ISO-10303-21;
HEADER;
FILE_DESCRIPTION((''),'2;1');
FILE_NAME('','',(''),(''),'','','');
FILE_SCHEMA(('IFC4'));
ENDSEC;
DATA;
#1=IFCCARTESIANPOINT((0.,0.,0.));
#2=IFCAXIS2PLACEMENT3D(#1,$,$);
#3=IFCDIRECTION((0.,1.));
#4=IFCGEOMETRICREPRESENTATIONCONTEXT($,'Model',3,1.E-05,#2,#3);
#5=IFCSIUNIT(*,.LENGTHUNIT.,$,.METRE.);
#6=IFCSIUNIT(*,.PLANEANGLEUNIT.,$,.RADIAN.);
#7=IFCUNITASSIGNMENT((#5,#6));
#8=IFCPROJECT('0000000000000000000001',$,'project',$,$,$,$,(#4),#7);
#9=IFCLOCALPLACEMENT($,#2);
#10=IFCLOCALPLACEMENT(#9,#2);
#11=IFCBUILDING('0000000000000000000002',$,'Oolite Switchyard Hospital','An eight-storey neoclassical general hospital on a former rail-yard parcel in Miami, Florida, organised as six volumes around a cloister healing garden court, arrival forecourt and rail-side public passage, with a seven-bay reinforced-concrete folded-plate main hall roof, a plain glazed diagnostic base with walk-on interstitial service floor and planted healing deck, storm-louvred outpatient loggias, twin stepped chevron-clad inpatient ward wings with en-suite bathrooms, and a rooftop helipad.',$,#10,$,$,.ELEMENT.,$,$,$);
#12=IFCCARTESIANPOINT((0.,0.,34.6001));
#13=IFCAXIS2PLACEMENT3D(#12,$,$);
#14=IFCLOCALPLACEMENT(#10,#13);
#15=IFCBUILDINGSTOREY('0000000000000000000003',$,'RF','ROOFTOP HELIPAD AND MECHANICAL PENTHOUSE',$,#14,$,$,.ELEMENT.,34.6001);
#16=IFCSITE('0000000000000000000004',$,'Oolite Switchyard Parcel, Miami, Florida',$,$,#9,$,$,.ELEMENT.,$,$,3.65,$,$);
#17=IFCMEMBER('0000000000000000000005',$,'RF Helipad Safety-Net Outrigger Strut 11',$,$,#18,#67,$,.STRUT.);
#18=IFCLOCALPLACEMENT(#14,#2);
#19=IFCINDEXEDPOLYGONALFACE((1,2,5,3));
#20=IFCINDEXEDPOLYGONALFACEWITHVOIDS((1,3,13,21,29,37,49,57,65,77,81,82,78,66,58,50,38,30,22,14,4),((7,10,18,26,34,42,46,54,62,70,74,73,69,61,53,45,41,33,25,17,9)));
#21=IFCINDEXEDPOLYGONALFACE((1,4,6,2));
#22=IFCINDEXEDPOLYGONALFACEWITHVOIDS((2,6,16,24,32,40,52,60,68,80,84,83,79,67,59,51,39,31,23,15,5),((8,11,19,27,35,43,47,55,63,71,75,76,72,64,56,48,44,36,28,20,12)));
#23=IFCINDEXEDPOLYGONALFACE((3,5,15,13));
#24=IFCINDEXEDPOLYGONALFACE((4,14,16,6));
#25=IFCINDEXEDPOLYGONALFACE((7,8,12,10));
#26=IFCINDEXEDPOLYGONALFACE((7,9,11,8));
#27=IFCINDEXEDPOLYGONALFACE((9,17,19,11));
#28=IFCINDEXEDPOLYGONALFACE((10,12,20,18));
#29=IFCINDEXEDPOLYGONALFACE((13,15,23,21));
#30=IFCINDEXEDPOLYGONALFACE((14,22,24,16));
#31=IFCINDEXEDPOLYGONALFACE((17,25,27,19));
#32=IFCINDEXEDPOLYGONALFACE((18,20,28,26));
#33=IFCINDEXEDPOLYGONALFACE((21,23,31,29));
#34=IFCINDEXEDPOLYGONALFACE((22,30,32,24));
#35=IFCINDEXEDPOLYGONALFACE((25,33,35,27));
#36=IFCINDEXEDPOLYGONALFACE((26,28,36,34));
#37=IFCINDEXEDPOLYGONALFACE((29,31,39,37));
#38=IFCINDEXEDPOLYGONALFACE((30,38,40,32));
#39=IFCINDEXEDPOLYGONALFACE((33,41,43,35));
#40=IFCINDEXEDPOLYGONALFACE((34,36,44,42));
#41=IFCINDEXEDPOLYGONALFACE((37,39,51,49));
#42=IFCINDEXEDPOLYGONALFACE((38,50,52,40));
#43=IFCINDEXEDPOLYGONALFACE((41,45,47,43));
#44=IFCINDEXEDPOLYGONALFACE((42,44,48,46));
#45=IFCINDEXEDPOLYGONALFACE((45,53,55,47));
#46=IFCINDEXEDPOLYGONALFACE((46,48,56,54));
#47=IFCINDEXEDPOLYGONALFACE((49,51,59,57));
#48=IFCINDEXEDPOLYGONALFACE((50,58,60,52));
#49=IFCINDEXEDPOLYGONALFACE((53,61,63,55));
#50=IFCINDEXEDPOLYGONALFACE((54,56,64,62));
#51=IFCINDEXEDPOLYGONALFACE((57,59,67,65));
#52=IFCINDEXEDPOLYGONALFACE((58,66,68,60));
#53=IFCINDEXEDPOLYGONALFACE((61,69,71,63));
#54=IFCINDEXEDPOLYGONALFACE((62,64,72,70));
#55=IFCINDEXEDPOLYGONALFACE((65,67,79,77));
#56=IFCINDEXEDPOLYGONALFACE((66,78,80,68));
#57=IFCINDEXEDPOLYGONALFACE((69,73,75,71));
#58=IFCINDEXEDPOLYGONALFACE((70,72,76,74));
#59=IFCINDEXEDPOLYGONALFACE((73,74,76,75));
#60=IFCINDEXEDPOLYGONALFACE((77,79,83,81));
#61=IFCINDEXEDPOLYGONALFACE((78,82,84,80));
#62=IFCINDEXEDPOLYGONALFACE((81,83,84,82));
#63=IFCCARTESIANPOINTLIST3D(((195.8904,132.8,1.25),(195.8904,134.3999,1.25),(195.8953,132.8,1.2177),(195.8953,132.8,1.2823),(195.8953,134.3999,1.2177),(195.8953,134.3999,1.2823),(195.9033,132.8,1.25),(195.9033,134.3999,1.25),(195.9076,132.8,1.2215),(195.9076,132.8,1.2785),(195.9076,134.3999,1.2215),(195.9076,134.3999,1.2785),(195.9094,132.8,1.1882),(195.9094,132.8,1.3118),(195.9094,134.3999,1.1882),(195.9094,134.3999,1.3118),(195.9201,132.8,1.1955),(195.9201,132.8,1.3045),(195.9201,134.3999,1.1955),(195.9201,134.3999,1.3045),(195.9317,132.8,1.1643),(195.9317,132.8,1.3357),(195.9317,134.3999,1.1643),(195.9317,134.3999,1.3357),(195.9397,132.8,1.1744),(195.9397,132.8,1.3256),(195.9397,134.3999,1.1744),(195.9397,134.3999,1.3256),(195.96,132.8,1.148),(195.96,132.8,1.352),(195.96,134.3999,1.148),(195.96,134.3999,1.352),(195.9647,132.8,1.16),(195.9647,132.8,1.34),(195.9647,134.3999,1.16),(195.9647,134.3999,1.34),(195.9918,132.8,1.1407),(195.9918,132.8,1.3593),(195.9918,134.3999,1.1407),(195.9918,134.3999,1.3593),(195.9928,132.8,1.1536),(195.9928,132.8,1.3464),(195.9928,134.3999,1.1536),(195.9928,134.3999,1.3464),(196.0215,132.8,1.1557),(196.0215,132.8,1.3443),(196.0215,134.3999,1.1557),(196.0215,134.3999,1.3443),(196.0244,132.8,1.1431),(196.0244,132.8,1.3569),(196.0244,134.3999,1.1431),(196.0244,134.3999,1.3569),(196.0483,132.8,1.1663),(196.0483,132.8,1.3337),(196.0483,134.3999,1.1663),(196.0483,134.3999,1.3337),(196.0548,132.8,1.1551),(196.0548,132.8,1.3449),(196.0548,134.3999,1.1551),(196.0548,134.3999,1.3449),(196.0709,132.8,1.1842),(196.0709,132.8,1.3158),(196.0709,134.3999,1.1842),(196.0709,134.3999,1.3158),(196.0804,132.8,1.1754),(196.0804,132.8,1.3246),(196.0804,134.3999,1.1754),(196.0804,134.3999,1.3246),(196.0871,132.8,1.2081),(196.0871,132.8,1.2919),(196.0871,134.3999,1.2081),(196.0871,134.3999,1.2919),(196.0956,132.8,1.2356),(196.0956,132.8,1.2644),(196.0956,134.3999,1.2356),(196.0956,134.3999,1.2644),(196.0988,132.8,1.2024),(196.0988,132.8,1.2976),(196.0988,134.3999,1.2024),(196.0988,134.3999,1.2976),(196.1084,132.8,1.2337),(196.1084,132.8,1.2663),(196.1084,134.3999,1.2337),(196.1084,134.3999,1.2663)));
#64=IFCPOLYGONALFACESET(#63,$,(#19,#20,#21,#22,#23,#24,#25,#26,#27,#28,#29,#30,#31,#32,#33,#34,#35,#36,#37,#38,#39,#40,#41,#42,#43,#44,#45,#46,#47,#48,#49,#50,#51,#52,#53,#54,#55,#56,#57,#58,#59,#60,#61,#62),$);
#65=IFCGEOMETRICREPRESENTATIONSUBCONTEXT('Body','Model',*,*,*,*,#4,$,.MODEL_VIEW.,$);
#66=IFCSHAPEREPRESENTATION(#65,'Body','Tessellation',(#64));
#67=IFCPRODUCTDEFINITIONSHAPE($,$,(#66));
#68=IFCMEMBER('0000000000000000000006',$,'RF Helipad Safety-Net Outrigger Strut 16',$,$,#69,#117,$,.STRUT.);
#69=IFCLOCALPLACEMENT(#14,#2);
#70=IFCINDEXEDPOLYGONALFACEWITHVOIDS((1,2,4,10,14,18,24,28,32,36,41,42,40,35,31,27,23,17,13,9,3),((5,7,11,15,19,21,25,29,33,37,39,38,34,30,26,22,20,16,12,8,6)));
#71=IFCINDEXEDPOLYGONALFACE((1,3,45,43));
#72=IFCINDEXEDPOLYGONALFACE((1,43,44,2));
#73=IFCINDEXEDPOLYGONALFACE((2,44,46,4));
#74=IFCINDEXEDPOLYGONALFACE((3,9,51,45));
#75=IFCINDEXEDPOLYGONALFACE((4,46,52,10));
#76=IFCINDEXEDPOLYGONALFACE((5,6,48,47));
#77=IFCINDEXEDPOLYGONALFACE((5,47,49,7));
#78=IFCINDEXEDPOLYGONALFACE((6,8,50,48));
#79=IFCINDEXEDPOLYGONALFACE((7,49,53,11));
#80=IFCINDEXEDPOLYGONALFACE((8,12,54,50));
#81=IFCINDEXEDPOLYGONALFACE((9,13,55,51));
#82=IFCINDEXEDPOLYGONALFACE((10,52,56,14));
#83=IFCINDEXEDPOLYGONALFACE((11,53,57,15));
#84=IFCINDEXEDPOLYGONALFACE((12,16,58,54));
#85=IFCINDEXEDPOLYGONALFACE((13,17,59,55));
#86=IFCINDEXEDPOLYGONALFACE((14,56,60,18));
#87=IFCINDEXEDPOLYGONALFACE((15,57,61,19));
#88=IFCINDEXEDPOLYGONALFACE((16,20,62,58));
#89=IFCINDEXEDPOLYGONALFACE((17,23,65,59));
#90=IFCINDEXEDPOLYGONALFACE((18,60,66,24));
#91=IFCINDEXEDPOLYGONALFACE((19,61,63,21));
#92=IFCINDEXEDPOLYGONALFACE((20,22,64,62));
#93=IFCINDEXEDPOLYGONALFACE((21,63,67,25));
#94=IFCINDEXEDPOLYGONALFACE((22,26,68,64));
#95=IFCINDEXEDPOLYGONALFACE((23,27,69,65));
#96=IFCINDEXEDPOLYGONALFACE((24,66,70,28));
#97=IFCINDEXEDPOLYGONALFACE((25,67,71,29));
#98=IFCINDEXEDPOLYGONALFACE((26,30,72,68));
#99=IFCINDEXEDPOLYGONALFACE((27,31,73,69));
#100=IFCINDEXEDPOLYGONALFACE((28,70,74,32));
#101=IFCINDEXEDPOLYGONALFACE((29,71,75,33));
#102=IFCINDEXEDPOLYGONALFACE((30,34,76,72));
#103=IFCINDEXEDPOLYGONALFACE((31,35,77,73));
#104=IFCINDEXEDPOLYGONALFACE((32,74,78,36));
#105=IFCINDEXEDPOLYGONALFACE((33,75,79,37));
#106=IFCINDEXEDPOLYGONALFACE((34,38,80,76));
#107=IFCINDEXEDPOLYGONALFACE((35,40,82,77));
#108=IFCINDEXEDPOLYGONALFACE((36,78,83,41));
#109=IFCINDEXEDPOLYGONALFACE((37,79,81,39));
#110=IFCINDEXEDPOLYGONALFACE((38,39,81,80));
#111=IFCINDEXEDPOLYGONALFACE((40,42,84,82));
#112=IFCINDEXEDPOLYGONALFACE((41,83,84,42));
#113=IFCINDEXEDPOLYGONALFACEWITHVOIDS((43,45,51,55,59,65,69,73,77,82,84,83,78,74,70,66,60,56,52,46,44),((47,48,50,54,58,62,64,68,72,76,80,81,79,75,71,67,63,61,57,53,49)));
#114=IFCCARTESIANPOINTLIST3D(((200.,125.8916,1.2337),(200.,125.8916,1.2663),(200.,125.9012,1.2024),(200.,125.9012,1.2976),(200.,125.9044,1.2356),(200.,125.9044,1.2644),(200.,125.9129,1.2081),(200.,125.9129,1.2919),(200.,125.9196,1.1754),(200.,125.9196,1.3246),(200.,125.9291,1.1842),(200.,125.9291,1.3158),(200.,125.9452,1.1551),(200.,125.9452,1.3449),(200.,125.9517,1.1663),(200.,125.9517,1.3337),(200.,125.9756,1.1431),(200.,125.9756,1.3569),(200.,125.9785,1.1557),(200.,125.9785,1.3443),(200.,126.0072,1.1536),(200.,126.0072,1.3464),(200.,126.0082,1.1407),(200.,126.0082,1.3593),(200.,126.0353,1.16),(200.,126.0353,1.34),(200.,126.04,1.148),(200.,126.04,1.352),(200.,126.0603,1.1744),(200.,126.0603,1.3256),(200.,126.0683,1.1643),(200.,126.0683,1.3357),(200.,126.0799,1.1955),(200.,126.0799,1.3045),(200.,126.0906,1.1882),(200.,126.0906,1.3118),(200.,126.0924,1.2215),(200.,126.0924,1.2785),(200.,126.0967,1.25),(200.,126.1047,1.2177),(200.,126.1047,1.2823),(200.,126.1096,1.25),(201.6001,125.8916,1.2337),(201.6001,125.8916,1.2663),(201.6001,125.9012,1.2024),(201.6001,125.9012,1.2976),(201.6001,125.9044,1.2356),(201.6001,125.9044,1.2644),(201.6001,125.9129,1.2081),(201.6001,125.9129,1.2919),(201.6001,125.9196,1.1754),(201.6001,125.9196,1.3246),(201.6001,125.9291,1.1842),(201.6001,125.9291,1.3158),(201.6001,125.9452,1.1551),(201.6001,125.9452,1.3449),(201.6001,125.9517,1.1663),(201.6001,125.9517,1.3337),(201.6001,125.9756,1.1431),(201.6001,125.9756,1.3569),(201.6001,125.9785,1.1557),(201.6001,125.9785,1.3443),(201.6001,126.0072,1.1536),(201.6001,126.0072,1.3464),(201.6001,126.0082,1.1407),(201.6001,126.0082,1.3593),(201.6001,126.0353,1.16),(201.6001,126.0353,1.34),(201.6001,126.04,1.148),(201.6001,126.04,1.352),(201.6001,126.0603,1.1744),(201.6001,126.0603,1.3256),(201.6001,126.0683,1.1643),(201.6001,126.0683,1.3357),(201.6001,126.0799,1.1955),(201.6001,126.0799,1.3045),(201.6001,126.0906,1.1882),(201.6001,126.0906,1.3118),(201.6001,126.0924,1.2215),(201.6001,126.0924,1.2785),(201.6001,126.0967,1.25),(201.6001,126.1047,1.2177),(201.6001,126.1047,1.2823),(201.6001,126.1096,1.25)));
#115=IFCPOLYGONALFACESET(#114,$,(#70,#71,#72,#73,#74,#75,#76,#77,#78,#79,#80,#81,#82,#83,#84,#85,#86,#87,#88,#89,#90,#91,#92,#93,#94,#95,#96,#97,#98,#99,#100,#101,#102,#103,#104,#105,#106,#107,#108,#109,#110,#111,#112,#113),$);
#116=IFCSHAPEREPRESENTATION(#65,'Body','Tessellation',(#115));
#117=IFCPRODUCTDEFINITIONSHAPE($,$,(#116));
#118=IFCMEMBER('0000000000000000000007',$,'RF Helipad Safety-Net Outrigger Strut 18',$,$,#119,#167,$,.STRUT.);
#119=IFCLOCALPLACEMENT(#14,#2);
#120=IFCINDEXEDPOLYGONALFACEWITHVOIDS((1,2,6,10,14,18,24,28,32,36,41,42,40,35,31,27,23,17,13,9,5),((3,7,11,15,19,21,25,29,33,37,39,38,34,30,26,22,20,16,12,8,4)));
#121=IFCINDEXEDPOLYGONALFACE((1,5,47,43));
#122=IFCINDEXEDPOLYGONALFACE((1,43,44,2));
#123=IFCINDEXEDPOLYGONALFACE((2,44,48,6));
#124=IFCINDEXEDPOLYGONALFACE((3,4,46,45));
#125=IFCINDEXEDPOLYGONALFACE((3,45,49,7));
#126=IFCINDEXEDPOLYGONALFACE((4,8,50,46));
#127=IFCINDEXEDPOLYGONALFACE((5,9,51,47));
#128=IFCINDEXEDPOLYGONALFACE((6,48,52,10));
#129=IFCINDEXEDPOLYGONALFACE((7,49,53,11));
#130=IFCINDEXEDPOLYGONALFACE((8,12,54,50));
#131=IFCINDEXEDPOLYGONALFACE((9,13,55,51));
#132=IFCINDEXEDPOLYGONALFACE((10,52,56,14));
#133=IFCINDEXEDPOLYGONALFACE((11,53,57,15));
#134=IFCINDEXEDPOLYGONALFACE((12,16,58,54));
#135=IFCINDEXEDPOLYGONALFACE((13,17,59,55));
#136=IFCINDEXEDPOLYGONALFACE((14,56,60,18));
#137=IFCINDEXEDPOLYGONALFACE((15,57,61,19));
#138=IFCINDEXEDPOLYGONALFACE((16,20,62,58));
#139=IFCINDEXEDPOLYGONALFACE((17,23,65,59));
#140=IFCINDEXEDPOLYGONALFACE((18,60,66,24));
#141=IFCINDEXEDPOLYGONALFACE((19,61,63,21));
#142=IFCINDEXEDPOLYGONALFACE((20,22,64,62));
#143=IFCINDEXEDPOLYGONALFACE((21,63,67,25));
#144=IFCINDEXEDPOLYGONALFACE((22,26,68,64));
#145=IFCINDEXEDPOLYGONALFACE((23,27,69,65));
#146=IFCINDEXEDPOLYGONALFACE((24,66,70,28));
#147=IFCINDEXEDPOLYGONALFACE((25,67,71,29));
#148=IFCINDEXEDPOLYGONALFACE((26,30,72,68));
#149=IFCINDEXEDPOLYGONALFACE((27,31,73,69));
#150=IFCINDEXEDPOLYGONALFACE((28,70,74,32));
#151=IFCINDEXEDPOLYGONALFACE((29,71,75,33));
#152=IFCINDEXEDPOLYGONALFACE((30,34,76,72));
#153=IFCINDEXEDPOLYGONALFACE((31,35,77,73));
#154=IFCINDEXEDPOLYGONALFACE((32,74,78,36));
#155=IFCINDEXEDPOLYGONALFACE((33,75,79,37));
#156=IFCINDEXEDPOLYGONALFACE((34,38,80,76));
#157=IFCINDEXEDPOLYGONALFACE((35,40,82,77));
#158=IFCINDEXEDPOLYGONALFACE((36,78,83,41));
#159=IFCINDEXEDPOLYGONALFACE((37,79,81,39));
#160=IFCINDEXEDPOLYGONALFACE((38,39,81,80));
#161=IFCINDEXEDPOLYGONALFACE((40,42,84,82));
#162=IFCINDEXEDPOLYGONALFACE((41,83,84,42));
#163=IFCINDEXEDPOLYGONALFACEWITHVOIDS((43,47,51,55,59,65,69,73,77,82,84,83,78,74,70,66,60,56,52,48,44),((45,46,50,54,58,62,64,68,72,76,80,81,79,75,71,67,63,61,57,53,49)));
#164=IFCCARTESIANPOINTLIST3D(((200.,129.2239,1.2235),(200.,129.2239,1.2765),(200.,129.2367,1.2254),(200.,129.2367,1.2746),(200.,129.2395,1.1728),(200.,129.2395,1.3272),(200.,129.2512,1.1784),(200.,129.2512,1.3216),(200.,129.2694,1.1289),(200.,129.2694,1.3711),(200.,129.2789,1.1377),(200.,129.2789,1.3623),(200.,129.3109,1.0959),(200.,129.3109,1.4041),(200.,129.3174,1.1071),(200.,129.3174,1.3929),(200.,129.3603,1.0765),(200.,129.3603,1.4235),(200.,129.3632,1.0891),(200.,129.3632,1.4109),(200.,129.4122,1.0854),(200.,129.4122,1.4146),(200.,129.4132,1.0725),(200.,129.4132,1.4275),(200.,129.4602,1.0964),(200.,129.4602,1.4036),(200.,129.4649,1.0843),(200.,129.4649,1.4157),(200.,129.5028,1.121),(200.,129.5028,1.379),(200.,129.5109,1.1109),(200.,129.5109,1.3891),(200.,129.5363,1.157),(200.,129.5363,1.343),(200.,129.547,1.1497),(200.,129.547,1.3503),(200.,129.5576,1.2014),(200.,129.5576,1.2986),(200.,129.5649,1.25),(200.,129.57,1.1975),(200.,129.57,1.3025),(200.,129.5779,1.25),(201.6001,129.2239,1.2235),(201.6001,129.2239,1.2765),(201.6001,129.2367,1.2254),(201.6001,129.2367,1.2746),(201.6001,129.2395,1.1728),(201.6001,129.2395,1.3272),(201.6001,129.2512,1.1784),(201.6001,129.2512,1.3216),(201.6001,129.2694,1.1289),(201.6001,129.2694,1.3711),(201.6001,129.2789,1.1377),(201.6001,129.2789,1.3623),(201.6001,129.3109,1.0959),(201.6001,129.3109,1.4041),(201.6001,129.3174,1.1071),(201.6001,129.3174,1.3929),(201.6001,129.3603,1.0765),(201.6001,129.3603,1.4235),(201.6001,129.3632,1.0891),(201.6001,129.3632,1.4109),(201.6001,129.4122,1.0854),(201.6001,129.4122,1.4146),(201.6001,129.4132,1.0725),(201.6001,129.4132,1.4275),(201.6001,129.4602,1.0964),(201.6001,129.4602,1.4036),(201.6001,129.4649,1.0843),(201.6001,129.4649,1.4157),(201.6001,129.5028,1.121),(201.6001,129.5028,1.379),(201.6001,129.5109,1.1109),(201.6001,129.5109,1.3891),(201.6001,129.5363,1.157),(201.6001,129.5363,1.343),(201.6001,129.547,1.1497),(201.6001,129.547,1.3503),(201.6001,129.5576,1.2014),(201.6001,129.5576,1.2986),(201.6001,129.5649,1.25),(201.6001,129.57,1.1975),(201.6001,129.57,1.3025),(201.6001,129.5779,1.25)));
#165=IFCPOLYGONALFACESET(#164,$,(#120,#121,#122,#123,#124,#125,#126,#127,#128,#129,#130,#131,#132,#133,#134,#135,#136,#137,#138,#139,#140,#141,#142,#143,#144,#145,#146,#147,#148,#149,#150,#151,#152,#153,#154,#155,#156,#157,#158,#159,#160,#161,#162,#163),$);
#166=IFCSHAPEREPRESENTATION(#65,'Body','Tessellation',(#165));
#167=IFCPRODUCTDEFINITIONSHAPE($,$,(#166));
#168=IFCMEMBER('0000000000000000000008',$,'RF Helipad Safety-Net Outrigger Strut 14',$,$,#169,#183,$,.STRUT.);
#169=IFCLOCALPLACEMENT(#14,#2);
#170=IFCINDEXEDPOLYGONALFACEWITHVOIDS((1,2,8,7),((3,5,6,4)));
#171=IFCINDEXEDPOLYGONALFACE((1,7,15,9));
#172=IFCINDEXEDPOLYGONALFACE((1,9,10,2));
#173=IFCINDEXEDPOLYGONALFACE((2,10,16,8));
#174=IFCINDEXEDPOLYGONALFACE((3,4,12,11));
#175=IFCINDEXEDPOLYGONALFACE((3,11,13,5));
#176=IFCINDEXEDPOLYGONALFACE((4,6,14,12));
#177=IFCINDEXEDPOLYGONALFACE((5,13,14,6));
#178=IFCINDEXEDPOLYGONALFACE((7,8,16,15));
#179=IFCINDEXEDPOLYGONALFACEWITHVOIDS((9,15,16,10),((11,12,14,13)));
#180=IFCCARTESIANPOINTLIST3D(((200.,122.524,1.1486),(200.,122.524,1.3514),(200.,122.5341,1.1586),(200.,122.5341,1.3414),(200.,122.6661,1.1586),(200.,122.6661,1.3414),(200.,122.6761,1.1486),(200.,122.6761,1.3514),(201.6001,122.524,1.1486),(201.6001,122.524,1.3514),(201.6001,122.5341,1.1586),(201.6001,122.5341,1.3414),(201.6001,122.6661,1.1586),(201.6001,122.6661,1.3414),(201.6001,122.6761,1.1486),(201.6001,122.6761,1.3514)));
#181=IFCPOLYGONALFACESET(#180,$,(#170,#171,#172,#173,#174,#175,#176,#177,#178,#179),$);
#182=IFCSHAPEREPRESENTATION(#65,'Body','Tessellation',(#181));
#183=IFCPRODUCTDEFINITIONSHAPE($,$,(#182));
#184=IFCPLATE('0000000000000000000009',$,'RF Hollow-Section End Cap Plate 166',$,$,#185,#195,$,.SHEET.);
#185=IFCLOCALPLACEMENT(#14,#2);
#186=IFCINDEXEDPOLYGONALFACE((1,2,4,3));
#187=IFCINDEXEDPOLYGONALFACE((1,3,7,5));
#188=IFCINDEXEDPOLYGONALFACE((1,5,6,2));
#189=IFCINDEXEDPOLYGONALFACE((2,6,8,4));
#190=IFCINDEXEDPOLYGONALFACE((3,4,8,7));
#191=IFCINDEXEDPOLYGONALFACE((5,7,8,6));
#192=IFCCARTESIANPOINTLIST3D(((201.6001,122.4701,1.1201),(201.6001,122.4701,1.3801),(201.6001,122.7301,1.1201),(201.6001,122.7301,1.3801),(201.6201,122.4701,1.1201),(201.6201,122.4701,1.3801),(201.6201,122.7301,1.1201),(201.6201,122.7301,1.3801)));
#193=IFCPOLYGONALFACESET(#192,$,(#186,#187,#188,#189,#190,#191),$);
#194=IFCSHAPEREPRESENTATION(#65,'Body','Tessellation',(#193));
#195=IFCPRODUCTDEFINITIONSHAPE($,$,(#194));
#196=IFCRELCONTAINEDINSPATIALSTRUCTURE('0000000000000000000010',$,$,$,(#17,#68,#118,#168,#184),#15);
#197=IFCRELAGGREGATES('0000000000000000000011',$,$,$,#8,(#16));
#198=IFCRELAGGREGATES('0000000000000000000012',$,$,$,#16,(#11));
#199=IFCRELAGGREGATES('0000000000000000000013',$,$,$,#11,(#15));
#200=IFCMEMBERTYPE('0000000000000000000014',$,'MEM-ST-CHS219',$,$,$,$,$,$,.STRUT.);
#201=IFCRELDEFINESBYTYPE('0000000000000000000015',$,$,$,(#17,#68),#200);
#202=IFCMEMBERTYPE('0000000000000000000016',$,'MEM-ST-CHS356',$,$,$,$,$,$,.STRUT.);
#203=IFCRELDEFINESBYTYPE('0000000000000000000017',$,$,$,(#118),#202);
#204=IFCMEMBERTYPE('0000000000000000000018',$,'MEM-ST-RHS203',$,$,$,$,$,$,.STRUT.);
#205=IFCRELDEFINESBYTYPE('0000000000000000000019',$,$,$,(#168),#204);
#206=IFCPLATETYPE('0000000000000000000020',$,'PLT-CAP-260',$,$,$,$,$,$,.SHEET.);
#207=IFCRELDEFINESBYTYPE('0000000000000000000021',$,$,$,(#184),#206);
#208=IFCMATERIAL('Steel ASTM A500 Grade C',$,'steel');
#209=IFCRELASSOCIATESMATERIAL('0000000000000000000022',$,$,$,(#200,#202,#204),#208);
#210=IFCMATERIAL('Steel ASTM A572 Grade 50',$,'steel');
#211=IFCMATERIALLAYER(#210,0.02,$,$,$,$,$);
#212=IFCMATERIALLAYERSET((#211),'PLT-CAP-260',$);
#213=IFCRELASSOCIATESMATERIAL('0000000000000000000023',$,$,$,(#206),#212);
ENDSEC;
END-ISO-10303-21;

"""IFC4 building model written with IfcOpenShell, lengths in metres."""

from ifc_helpers import new_model, si_unit, direction, frame, origin, origin_2d, place, context, subcontext, project, spatial, rectangle, hollow_rectangle, hollow_circle, extrude, material, layer, layer_set, material_profile, profile_set, type_object, element, save


model = new_model("IFC4")

# Units and contexts
model_context = context("Model", 3, precision=1e-05, world=origin(), true_north=direction((0.0, 1.0)))
body_context = subcontext(model_context, "Body", "Model", "MODEL_VIEW")
ifc_project = project(units=[si_unit("LENGTHUNIT", "METRE"), si_unit("PLANEANGLEUNIT", "RADIAN")], contexts=[model_context])

# Site, building, storey
site_placement = place(None, origin())
site = spatial("IfcSite", under=ifc_project, at=site_placement, Name="Oolite Switchyard Parcel, Miami, Florida", CompositionType="ELEMENT", RefElevation=3.65)
building_placement = place(site_placement, origin())
building = spatial("IfcBuilding", under=site, at=building_placement, Name="Oolite Switchyard Hospital", Description="An eight-storey neoclassical general hospital on a former rail-yard parcel in Miami, Florida, organised as six volumes around a cloister healing garden court, arrival forecourt and rail-side public passage, with a seven-bay reinforced-concrete folded-plate main hall roof, a plain glazed diagnostic base with walk-on interstitial service floor and planted healing deck, storm-louvred outpatient loggias, twin stepped chevron-clad inpatient ward wings with en-suite bathrooms, and a rooftop helipad.", CompositionType="ELEMENT")
storey_placement = place(building_placement, frame((0.0, 0.0, 34.6001)))
storey = spatial("IfcBuildingStorey", under=building, at=storey_placement, Name="RF", Description="ROOFTOP HELIPAD AND MECHANICAL PENTHOUSE", CompositionType="ELEMENT", Elevation=34.6001)

# Shared definitions
ifc_material_1 = material(Name="Steel ASTM A500 Grade C", Category="steel")

# Members
ifc_material_profile_1 = material_profile(ifc_material_1, hollow_circle(Radius=0.1096, WallThickness=0.0129, at=origin_2d()), Name="HSS219X13")
ifc_profile_set_1 = profile_set([ifc_material_profile_1], Name="Steel ASTM A500 Grade C")
member_type_1 = type_object("IfcMemberType", Name="MEM-ST-CHS219", PredefinedType="STRUT", material=ifc_profile_set_1)
member_1_placement = place(storey_placement, frame((196.0, 132.8, 1.25), z_axis=(0.0, 1.0, 0.0), x_axis=(-1.0, 0.0, 0.0)))
element("IfcMember", 1, at=member_1_placement, inside=storey, type_object=member_type_1, Name="RF Helipad Safety-Net Outrigger Strut 11", PredefinedType="STRUT", context=body_context, shape_type="SweptSolid", body=[
    extrude(hollow_circle(Radius=0.1096, WallThickness=0.0129, at=origin_2d()), origin(), (0.0, 0.0, 1.0), 1.5999),
])
member_2_placement = place(storey_placement, frame((200.0, 126.0, 1.25), z_axis=(1.0, 0.0, 0.0), x_axis=(0.0, 1.0, 0.0)))
element("IfcMember", 2, at=member_2_placement, inside=storey, type_object=member_type_1, Name="RF Helipad Safety-Net Outrigger Strut 16", PredefinedType="STRUT", context=body_context, shape_type="SweptSolid", body=[
    extrude(hollow_circle(Radius=0.1096, WallThickness=0.0129, at=origin_2d()), origin(), (0.0, 0.0, 1.0), 1.6001),
])
ifc_material_profile_2 = material_profile(ifc_material_1, hollow_circle(Radius=0.178, WallThickness=0.0129, at=origin_2d()), Name="HSS356X13")
ifc_profile_set_2 = profile_set([ifc_material_profile_2], Name="Steel ASTM A500 Grade C")
member_type_2 = type_object("IfcMemberType", Name="MEM-ST-CHS356", PredefinedType="STRUT", material=ifc_profile_set_2)
member_3_placement = place(storey_placement, frame((200.0, 129.3999, 1.25), z_axis=(1.0, 0.0, 0.0), x_axis=(0.0, 1.0, 0.0)))
element("IfcMember", 3, at=member_3_placement, inside=storey, type_object=member_type_2, Name="RF Helipad Safety-Net Outrigger Strut 18", PredefinedType="STRUT", context=body_context, shape_type="SweptSolid", body=[
    extrude(hollow_circle(Radius=0.178, WallThickness=0.0129, at=origin_2d()), origin(), (0.0, 0.0, 1.0), 1.6001),
])
ifc_material_profile_3 = material_profile(ifc_material_1, hollow_rectangle(XDim=0.1521, YDim=0.2029, WallThickness=0.01, at=origin_2d()), Name="HSS203X152X10")
ifc_profile_set_3 = profile_set([ifc_material_profile_3], Name="Steel ASTM A500 Grade C")
member_type_3 = type_object("IfcMemberType", Name="MEM-ST-RHS203", PredefinedType="STRUT", material=ifc_profile_set_3)
member_4_placement = place(storey_placement, frame((200.0, 122.6001, 1.25), z_axis=(1.0, 0.0, 0.0), x_axis=(0.0, 1.0, 0.0)))
element("IfcMember", 4, at=member_4_placement, inside=storey, type_object=member_type_3, Name="RF Helipad Safety-Net Outrigger Strut 14", PredefinedType="STRUT", context=body_context, shape_type="SweptSolid", body=[
    extrude(hollow_rectangle(XDim=0.1521, YDim=0.2029, WallThickness=0.01, at=origin_2d()), origin(), (0.0, 0.0, 1.0), 1.6001),
])

# Plate
ifc_material_2 = material(Name="Steel ASTM A572 Grade 50", Category="steel")
ifc_layer_1 = layer(ifc_material_2, 0.02)
ifc_layer_set_1 = layer_set([ifc_layer_1], Name="PLT-CAP-260")
plate_type_1 = type_object("IfcPlateType", Name="PLT-CAP-260", PredefinedType="SHEET", material=ifc_layer_set_1)
for number, where, z_axis, x_axis, name in (
    (5, (201.6101, 122.6001, 1.1201), (0.0, 0.0, 1.0), (0.0, 1.0, 0.0), "RF Hollow-Section End Cap Plate 166"),
):
    element("IfcPlate", number, at=place(storey_placement, frame(where, z_axis=z_axis, x_axis=x_axis)), inside=storey, type_object=plate_type_1, Name=name, PredefinedType="SHEET", context=body_context, shape_type="SweptSolid", body=[
        extrude(rectangle(XDim=0.26, YDim=0.02, at=origin_2d()), origin(), (0.0, 0.0, 1.0), 0.26),
    ])

save(model, "model.ifc")
